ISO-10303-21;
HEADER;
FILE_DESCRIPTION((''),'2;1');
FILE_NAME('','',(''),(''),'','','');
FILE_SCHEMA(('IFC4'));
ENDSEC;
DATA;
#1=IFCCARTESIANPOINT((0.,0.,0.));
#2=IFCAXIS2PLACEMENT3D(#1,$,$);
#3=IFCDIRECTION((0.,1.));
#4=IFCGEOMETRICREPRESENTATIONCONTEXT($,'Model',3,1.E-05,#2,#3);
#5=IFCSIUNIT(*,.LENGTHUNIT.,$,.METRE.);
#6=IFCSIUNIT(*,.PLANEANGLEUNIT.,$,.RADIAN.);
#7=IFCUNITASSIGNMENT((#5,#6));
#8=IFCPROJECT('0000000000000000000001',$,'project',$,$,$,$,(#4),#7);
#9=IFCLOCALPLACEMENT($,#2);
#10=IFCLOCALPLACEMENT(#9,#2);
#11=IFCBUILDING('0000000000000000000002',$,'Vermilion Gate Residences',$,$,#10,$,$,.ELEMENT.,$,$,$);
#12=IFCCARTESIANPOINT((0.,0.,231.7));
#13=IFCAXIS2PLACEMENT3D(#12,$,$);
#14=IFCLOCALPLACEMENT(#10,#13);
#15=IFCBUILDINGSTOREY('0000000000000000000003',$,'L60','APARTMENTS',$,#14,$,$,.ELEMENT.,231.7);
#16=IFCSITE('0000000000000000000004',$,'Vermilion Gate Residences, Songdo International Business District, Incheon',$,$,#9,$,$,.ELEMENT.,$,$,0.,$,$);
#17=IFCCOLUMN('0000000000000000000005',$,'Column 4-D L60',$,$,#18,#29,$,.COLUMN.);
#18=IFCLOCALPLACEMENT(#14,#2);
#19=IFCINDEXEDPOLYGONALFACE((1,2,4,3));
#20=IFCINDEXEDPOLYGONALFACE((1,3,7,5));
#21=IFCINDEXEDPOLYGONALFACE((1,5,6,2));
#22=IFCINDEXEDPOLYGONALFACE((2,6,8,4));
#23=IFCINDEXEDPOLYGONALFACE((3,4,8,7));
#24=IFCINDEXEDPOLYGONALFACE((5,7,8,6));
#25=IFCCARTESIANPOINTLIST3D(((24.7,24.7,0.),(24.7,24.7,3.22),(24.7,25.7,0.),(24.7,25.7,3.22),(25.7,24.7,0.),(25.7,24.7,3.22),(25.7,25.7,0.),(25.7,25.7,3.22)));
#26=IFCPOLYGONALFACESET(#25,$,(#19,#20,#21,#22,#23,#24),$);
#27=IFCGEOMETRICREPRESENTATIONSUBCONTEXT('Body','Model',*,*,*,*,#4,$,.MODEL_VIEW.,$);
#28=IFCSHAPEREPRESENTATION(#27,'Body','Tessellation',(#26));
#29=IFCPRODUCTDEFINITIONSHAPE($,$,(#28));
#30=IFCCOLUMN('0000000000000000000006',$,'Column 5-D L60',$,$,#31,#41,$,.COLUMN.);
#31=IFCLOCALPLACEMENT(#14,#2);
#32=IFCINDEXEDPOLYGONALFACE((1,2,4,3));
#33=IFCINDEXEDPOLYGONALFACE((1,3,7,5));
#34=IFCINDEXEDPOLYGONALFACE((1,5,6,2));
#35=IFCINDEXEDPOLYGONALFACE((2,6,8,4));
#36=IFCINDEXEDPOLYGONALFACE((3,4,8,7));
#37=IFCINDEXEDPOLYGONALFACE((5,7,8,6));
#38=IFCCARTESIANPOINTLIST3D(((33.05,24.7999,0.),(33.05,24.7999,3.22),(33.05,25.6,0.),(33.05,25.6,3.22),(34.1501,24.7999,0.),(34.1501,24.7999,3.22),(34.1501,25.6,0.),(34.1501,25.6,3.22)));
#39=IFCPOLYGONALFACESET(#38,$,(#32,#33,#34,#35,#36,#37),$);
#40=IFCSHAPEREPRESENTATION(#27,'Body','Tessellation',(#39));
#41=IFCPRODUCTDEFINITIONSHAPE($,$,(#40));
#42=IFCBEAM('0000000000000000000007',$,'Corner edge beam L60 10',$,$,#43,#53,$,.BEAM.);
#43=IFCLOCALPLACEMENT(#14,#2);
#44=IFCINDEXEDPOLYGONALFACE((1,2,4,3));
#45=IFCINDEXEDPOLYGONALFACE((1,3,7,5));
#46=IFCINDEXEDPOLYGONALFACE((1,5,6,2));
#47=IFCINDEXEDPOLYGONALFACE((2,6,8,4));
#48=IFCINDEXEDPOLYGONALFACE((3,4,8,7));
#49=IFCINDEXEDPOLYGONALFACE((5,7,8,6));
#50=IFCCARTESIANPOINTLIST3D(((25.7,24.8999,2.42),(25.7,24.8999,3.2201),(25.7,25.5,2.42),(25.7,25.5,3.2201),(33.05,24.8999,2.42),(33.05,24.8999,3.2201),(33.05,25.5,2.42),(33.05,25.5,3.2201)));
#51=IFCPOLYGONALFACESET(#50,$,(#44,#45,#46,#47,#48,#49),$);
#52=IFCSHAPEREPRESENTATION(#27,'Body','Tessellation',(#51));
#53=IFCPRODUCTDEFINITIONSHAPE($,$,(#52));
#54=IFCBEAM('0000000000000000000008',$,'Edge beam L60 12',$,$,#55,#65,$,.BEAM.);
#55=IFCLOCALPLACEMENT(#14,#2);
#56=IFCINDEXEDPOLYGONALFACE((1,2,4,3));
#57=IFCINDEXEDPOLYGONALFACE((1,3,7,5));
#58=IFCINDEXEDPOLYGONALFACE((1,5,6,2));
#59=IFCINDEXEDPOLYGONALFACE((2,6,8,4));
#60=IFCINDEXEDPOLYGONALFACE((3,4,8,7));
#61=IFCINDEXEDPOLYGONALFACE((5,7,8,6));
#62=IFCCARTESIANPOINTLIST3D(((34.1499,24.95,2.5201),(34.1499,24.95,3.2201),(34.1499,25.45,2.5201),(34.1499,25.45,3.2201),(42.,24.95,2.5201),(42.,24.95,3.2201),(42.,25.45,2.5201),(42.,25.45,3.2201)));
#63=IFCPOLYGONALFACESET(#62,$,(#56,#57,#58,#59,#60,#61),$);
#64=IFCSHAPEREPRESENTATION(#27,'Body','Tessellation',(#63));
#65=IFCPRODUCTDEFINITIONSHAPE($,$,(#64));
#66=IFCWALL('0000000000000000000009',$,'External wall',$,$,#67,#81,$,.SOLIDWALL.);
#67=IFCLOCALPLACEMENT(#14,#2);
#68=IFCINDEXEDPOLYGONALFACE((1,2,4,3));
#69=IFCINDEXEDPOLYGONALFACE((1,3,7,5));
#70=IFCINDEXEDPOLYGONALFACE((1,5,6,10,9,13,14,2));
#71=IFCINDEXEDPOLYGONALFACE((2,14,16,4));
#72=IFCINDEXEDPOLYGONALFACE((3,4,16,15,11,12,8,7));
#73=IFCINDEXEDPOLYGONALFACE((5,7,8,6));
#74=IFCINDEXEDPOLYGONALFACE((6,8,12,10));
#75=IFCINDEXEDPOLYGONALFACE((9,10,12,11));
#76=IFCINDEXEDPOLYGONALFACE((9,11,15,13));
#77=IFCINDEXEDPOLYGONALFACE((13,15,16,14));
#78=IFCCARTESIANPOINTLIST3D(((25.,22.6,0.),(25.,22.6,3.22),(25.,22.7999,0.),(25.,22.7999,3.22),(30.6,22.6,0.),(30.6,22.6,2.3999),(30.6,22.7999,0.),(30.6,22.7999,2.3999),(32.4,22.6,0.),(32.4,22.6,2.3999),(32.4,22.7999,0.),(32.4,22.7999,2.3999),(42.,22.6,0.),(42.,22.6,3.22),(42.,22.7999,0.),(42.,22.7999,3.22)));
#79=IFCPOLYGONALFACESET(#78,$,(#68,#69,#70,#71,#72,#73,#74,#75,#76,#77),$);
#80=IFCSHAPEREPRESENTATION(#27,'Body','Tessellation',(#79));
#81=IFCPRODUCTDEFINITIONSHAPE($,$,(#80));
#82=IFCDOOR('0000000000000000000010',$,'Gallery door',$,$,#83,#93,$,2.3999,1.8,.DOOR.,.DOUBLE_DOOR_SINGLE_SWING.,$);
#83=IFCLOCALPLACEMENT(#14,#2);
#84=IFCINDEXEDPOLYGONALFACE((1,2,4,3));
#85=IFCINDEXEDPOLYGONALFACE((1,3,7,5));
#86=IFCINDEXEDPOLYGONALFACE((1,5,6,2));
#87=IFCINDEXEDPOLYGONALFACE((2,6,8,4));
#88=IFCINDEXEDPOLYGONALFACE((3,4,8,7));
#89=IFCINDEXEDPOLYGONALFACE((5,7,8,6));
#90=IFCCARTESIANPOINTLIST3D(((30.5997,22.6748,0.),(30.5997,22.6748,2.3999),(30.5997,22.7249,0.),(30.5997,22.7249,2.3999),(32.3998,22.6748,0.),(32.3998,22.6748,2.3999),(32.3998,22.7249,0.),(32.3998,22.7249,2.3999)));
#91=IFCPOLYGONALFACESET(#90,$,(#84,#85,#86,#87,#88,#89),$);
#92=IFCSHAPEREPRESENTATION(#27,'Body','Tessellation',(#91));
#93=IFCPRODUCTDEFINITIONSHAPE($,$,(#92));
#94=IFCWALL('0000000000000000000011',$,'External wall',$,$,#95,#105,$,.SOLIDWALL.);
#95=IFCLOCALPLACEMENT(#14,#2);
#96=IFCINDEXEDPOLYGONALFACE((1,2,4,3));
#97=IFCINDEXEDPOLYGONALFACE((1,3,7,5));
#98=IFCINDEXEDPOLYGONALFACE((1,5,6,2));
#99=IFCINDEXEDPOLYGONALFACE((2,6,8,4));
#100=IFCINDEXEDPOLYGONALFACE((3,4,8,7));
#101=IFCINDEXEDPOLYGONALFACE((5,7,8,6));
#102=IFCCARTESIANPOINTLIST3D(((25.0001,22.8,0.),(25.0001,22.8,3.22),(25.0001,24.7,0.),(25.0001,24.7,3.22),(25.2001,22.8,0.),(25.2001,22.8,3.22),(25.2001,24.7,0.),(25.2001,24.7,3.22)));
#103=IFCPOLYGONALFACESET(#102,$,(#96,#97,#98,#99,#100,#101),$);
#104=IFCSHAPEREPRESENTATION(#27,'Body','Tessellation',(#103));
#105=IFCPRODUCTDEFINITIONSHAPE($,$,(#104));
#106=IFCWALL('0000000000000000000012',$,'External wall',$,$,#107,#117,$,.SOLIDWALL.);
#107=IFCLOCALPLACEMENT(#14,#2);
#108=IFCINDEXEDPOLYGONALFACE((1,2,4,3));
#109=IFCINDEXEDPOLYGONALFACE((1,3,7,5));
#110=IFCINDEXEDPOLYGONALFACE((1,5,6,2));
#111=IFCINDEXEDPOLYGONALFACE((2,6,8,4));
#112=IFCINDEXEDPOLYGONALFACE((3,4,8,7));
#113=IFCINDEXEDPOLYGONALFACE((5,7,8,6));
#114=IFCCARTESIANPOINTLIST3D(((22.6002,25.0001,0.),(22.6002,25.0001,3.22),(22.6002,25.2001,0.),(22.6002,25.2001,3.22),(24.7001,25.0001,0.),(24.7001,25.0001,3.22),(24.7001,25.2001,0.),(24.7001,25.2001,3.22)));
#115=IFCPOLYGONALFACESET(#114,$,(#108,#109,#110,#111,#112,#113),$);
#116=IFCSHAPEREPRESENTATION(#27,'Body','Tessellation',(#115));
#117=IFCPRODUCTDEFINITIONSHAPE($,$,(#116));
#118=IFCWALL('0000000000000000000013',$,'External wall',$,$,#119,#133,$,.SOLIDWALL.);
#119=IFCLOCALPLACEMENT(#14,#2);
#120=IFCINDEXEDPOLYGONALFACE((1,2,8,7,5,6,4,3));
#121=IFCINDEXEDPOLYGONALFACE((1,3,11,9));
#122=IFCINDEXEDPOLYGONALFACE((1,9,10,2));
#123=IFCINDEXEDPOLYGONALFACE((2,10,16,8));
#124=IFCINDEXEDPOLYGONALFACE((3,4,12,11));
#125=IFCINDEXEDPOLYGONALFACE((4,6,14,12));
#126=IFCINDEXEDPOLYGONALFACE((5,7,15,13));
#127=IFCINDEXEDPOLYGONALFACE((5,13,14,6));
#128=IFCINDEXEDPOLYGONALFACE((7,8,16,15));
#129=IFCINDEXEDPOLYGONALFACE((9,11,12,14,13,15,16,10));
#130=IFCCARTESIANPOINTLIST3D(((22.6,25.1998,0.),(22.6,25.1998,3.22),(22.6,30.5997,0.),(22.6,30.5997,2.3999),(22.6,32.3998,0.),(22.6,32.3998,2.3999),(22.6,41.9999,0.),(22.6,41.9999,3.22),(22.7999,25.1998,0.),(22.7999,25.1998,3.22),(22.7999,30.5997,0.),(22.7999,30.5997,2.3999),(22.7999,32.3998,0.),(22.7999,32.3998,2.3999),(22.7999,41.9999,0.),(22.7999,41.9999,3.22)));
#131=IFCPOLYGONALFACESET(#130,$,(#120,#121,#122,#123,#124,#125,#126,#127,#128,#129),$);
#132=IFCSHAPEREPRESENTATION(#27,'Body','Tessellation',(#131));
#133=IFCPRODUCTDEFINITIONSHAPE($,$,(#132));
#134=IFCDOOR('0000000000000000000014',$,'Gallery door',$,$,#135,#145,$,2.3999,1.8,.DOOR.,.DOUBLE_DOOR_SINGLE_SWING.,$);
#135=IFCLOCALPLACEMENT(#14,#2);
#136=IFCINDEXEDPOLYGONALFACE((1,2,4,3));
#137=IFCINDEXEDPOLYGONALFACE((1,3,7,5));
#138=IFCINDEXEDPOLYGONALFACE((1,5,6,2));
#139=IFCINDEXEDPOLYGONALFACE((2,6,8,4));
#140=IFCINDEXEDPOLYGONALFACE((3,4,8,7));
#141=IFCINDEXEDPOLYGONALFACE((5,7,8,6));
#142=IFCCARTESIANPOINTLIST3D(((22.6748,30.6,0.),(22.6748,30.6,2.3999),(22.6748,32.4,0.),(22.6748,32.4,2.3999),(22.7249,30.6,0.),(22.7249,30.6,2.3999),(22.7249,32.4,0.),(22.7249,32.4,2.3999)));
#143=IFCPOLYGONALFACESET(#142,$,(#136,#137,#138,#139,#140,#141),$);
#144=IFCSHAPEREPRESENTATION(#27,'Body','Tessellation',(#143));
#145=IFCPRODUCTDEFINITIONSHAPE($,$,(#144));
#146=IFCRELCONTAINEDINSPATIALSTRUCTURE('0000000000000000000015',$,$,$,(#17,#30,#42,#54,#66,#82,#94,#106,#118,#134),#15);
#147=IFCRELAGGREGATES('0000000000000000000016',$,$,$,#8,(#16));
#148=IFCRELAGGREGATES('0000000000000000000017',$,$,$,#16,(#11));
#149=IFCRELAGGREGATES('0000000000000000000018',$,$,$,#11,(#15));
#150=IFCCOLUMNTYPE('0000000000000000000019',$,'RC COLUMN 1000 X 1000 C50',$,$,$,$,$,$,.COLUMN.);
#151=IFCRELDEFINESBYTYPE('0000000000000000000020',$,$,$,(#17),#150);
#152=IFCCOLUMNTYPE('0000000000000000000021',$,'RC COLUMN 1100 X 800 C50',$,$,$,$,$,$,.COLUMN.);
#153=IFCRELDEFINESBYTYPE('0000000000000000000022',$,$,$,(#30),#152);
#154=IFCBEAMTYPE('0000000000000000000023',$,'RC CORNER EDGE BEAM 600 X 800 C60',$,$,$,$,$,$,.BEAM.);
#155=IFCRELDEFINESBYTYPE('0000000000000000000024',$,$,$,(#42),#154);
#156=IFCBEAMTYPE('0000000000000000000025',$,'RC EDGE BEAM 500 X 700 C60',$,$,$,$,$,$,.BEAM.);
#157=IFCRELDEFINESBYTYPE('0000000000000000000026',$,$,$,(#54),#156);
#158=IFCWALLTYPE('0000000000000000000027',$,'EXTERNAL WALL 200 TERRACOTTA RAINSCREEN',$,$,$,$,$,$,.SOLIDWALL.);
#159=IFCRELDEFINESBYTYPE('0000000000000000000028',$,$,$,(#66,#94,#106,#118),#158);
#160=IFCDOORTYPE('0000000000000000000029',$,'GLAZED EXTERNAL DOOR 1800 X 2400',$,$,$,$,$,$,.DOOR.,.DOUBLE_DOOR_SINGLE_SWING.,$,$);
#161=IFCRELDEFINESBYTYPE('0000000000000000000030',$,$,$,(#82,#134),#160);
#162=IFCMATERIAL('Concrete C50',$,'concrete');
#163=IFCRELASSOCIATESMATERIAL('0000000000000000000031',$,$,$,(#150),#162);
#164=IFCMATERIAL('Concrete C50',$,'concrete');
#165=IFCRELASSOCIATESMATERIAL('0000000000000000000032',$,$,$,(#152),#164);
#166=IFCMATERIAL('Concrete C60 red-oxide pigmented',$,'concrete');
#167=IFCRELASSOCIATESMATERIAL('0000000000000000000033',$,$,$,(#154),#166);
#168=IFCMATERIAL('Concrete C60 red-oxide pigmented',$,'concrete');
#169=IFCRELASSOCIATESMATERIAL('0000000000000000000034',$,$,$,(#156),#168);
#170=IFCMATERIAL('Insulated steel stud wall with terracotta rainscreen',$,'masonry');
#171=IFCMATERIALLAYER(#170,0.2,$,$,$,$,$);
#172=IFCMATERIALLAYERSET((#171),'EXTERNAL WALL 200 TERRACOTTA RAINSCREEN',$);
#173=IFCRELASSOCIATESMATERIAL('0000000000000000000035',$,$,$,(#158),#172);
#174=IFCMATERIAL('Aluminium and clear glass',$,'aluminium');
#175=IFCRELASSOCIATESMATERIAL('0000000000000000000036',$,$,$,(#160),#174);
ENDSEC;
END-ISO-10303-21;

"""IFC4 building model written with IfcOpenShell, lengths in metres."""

from ifc_helpers import new_model, si_unit, direction, frame, frame_2d, origin, origin_2d, place, context, subcontext, project, spatial, rectangle, extrude, material, layer, layer_set, material_profile, profile_set, type_object, element, fill, save


model = new_model("IFC4")

# Units and contexts
model_context = context("Model", 3, precision=1e-05, world=origin(), true_north=direction((0.0, 1.0)))
body_context = subcontext(model_context, "Body", "Model", "MODEL_VIEW")
ifc_project = project(units=[si_unit("LENGTHUNIT", "METRE"), si_unit("PLANEANGLEUNIT", "RADIAN")], contexts=[model_context])

# Site, building, storey
site_placement = place(None, origin())
site = spatial("IfcSite", under=ifc_project, at=site_placement, Name="Vermilion Gate Residences, Songdo International Business District, Incheon", CompositionType="ELEMENT", RefElevation=0.0)
building_placement = place(site_placement, origin())
building = spatial("IfcBuilding", under=site, at=building_placement, Name="Vermilion Gate Residences", CompositionType="ELEMENT")
storey_placement = place(building_placement, frame((0.0, 0.0, 231.7)))
storey = spatial("IfcBuildingStorey", under=building, at=storey_placement, Name="L60", Description="APARTMENTS", CompositionType="ELEMENT", Elevation=231.7)

# Columns
ifc_material_1 = material(Name="Concrete C50", Category="concrete")
ifc_material_profile_1 = material_profile(ifc_material_1, rectangle(XDim=1.0, YDim=1.0, at=origin_2d()), Name="RC-1000x1000")
ifc_profile_set_1 = profile_set([ifc_material_profile_1], Name="Concrete C50")
column_type_1 = type_object("IfcColumnType", Name="RC COLUMN 1000 X 1000 C50", PredefinedType="COLUMN", material=ifc_profile_set_1)
column_1_placement = place(storey_placement, frame((25.2, 25.2, 0.0), z_axis=(0.0, 0.0, 1.0), x_axis=(1.0, 0.0, 0.0)))
element("IfcColumn", 1, at=column_1_placement, inside=storey, type_object=column_type_1, Name="Column 4-D L60", PredefinedType="COLUMN", context=body_context, shape_type="SweptSolid", body=[
    extrude(rectangle(XDim=1.0, YDim=1.0, at=origin_2d()), origin(), (0.0, 0.0, 1.0), 3.22),
])
ifc_material_2 = material(Name="Concrete C50", Category="concrete")
ifc_material_profile_2 = material_profile(ifc_material_2, rectangle(XDim=1.1001, YDim=0.8, at=origin_2d()), Name="RC-1100x800")
ifc_profile_set_2 = profile_set([ifc_material_profile_2], Name="Concrete C50")
column_type_2 = type_object("IfcColumnType", Name="RC COLUMN 1100 X 800 C50", PredefinedType="COLUMN", material=ifc_profile_set_2)
column_2_placement = place(storey_placement, frame((33.6001, 25.2, 0.0), z_axis=(0.0, 0.0, 1.0), x_axis=(1.0, 0.0, 0.0)))
element("IfcColumn", 2, at=column_2_placement, inside=storey, type_object=column_type_2, Name="Column 5-D L60", PredefinedType="COLUMN", context=body_context, shape_type="SweptSolid", body=[
    extrude(rectangle(XDim=1.1001, YDim=0.8, at=origin_2d()), origin(), (0.0, 0.0, 1.0), 3.22),
])

# Beams
ifc_material_3 = material(Name="Concrete C60 red-oxide pigmented", Category="concrete")
ifc_material_profile_3 = material_profile(ifc_material_3, rectangle(XDim=0.6001, YDim=0.8, at=origin_2d()), Name="RC-600x800")
ifc_profile_set_3 = profile_set([ifc_material_profile_3], Name="Concrete C60 red-oxide pigmented")
beam_type_1 = type_object("IfcBeamType", Name="RC CORNER EDGE BEAM 600 X 800 C60", PredefinedType="BEAM", material=ifc_profile_set_3)
beam_1_placement = place(storey_placement, frame((25.7, 25.2, 2.8201), z_axis=(1.0, 0.0, 0.0), x_axis=(0.0, 1.0, 0.0)))
element("IfcBeam", 3, at=beam_1_placement, inside=storey, type_object=beam_type_1, Name="Corner edge beam L60 10", PredefinedType="BEAM", context=body_context, shape_type="SweptSolid", body=[
    extrude(rectangle(XDim=0.6001, YDim=0.8, at=origin_2d()), origin(), (0.0, 0.0, 1.0), 7.3501),
])
ifc_material_4 = material(Name="Concrete C60 red-oxide pigmented", Category="concrete")
ifc_material_profile_4 = material_profile(ifc_material_4, rectangle(XDim=0.5, YDim=0.7, at=origin_2d()), Name="RC-500x700")
ifc_profile_set_4 = profile_set([ifc_material_profile_4], Name="Concrete C60 red-oxide pigmented")
beam_type_2 = type_object("IfcBeamType", Name="RC EDGE BEAM 500 X 700 C60", PredefinedType="BEAM", material=ifc_profile_set_4)
beam_2_placement = place(storey_placement, frame((34.1499, 25.2, 2.8701), z_axis=(1.0, 0.0, 0.0), x_axis=(0.0, 1.0, 0.0)))
element("IfcBeam", 4, at=beam_2_placement, inside=storey, type_object=beam_type_2, Name="Edge beam L60 12", PredefinedType="BEAM", context=body_context, shape_type="SweptSolid", body=[
    extrude(rectangle(XDim=0.5, YDim=0.7, at=origin_2d()), origin(), (0.0, 0.0, 1.0), 7.8501),
])

# Wall, opening, door
ifc_material_5 = material(Name="Insulated steel stud wall with terracotta rainscreen", Category="masonry")
ifc_layer_1 = layer(ifc_material_5, 0.2)
ifc_layer_set_1 = layer_set([ifc_layer_1], Name="EXTERNAL WALL 200 TERRACOTTA RAINSCREEN")
wall_type_1 = type_object("IfcWallType", Name="EXTERNAL WALL 200 TERRACOTTA RAINSCREEN", PredefinedType="SOLIDWALL", material=ifc_layer_set_1)
wall_1_placement = place(storey_placement, frame((42.0, 22.7, 0.0), z_axis=(0.0, 0.0, 1.0), x_axis=(-1.0, 0.0, 0.0)))
wall_1 = element("IfcWall", 5, at=wall_1_placement, inside=storey, type_object=wall_type_1, Name="External wall", PredefinedType="SOLIDWALL", context=body_context, shape_type="SweptSolid", body=[
    extrude(rectangle(XDim=17.0, YDim=0.2, at=frame_2d((8.5, 0.0))), origin(), (0.0, 0.0, 1.0), 3.22),
])
opening_1_placement = place(wall_1_placement, frame((9.6001, 0.0, 0.0)))
opening_1 = element("IfcOpeningElement", 6, at=opening_1_placement, cuts=wall_1, PredefinedType="OPENING", context=body_context, shape_type="SweptSolid", body=[
    extrude(rectangle(XDim=1.8, YDim=2.3999, at=frame_2d((0.8999, 1.2))), frame((0.0, 0.1099, 0.0), z_axis=(0.0, -1.0, 0.0), x_axis=(1.0, 0.0, 0.0)), (0.0, 0.0, 1.0), 0.22),
])
ifc_material_6 = material(Name="Aluminium and clear glass", Category="aluminium")
door_type = type_object("IfcDoorType", Name="GLAZED EXTERNAL DOOR 1800 X 2400", OperationType="DOUBLE_DOOR_SINGLE_SWING", PredefinedType="DOOR", material=ifc_material_6)
door_1_placement = place(opening_1_placement, frame((1.8, 0.0, 0.0), z_axis=(0.0, 0.0, 1.0), x_axis=(-1.0, 0.0, 0.0)))
door_1 = element("IfcDoor", 7, at=door_1_placement, inside=storey, type_object=door_type, Name="Gallery door", OperationType="DOUBLE_DOOR_SINGLE_SWING", OverallHeight=2.3999, OverallWidth=1.8, PredefinedType="DOOR", context=body_context, shape_type="SweptSolid", body=[
    extrude(rectangle(XDim=1.8, YDim=2.3999, at=frame_2d((0.8999, 1.2))), frame((0.0, 0.0249, 0.0), z_axis=(0.0, -1.0, 0.0), x_axis=(1.0, 0.0, 0.0)), (0.0, 0.0, 1.0), 0.05),
])
fill(opening_1, door_1)

# Walls
wall_2_placement = place(storey_placement, frame((25.1001, 22.8, 0.0), z_axis=(0.0, 0.0, 1.0), x_axis=(0.0, 1.0, 0.0)))
element("IfcWall", 8, at=wall_2_placement, inside=storey, type_object=wall_type_1, Name="External wall", PredefinedType="SOLIDWALL", context=body_context, shape_type="SweptSolid", body=[
    extrude(rectangle(XDim=1.8999, YDim=0.2, at=frame_2d((0.95, 0.0))), origin(), (0.0, 0.0, 1.0), 3.22),
])
wall_3_placement = place(storey_placement, frame((24.7, 25.1001, 0.0), z_axis=(0.0, 0.0, 1.0), x_axis=(-1.0, 0.0, 0.0)))
element("IfcWall", 9, at=wall_3_placement, inside=storey, type_object=wall_type_1, Name="External wall", PredefinedType="SOLIDWALL", context=body_context, shape_type="SweptSolid", body=[
    extrude(rectangle(XDim=2.0999, YDim=0.2, at=frame_2d((1.0498, 0.0))), origin(), (0.0, 0.0, 1.0), 3.22),
])

# Wall, opening, door
wall_4_placement = place(storey_placement, frame((22.7, 25.2, 0.0), z_axis=(0.0, 0.0, 1.0), x_axis=(0.0, 1.0, 0.0)))
wall_4 = element("IfcWall", 10, at=wall_4_placement, inside=storey, type_object=wall_type_1, Name="External wall", PredefinedType="SOLIDWALL", context=body_context, shape_type="SweptSolid", body=[
    extrude(rectangle(XDim=16.8, YDim=0.2, at=frame_2d((8.3999, 0.0))), origin(), (0.0, 0.0, 1.0), 3.22),
])
opening_2_placement = place(wall_4_placement, frame((5.3999, 0.0, 0.0)))
opening_2 = element("IfcOpeningElement", 11, at=opening_2_placement, cuts=wall_4, PredefinedType="OPENING", context=body_context, shape_type="SweptSolid", body=[
    extrude(rectangle(XDim=1.8, YDim=2.3999, at=frame_2d((0.8999, 1.2))), frame((0.0, 0.1099, 0.0), z_axis=(0.0, -1.0, 0.0), x_axis=(1.0, 0.0, 0.0)), (0.0, 0.0, 1.0), 0.22),
])
door_2_placement = place(opening_2_placement, frame((1.8, 0.0, 0.0), z_axis=(0.0, 0.0, 1.0), x_axis=(-1.0, 0.0, 0.0)))
door_2 = element("IfcDoor", 12, at=door_2_placement, inside=storey, type_object=door_type, Name="Gallery door", OperationType="DOUBLE_DOOR_SINGLE_SWING", OverallHeight=2.3999, OverallWidth=1.8, PredefinedType="DOOR", context=body_context, shape_type="SweptSolid", body=[
    extrude(rectangle(XDim=1.8, YDim=2.3999, at=frame_2d((0.8999, 1.2))), frame((0.0, 0.0249, 0.0), z_axis=(0.0, -1.0, 0.0), x_axis=(1.0, 0.0, 0.0)), (0.0, 0.0, 1.0), 0.05),
])
fill(opening_2, door_2)

save(model, "model.ifc")
